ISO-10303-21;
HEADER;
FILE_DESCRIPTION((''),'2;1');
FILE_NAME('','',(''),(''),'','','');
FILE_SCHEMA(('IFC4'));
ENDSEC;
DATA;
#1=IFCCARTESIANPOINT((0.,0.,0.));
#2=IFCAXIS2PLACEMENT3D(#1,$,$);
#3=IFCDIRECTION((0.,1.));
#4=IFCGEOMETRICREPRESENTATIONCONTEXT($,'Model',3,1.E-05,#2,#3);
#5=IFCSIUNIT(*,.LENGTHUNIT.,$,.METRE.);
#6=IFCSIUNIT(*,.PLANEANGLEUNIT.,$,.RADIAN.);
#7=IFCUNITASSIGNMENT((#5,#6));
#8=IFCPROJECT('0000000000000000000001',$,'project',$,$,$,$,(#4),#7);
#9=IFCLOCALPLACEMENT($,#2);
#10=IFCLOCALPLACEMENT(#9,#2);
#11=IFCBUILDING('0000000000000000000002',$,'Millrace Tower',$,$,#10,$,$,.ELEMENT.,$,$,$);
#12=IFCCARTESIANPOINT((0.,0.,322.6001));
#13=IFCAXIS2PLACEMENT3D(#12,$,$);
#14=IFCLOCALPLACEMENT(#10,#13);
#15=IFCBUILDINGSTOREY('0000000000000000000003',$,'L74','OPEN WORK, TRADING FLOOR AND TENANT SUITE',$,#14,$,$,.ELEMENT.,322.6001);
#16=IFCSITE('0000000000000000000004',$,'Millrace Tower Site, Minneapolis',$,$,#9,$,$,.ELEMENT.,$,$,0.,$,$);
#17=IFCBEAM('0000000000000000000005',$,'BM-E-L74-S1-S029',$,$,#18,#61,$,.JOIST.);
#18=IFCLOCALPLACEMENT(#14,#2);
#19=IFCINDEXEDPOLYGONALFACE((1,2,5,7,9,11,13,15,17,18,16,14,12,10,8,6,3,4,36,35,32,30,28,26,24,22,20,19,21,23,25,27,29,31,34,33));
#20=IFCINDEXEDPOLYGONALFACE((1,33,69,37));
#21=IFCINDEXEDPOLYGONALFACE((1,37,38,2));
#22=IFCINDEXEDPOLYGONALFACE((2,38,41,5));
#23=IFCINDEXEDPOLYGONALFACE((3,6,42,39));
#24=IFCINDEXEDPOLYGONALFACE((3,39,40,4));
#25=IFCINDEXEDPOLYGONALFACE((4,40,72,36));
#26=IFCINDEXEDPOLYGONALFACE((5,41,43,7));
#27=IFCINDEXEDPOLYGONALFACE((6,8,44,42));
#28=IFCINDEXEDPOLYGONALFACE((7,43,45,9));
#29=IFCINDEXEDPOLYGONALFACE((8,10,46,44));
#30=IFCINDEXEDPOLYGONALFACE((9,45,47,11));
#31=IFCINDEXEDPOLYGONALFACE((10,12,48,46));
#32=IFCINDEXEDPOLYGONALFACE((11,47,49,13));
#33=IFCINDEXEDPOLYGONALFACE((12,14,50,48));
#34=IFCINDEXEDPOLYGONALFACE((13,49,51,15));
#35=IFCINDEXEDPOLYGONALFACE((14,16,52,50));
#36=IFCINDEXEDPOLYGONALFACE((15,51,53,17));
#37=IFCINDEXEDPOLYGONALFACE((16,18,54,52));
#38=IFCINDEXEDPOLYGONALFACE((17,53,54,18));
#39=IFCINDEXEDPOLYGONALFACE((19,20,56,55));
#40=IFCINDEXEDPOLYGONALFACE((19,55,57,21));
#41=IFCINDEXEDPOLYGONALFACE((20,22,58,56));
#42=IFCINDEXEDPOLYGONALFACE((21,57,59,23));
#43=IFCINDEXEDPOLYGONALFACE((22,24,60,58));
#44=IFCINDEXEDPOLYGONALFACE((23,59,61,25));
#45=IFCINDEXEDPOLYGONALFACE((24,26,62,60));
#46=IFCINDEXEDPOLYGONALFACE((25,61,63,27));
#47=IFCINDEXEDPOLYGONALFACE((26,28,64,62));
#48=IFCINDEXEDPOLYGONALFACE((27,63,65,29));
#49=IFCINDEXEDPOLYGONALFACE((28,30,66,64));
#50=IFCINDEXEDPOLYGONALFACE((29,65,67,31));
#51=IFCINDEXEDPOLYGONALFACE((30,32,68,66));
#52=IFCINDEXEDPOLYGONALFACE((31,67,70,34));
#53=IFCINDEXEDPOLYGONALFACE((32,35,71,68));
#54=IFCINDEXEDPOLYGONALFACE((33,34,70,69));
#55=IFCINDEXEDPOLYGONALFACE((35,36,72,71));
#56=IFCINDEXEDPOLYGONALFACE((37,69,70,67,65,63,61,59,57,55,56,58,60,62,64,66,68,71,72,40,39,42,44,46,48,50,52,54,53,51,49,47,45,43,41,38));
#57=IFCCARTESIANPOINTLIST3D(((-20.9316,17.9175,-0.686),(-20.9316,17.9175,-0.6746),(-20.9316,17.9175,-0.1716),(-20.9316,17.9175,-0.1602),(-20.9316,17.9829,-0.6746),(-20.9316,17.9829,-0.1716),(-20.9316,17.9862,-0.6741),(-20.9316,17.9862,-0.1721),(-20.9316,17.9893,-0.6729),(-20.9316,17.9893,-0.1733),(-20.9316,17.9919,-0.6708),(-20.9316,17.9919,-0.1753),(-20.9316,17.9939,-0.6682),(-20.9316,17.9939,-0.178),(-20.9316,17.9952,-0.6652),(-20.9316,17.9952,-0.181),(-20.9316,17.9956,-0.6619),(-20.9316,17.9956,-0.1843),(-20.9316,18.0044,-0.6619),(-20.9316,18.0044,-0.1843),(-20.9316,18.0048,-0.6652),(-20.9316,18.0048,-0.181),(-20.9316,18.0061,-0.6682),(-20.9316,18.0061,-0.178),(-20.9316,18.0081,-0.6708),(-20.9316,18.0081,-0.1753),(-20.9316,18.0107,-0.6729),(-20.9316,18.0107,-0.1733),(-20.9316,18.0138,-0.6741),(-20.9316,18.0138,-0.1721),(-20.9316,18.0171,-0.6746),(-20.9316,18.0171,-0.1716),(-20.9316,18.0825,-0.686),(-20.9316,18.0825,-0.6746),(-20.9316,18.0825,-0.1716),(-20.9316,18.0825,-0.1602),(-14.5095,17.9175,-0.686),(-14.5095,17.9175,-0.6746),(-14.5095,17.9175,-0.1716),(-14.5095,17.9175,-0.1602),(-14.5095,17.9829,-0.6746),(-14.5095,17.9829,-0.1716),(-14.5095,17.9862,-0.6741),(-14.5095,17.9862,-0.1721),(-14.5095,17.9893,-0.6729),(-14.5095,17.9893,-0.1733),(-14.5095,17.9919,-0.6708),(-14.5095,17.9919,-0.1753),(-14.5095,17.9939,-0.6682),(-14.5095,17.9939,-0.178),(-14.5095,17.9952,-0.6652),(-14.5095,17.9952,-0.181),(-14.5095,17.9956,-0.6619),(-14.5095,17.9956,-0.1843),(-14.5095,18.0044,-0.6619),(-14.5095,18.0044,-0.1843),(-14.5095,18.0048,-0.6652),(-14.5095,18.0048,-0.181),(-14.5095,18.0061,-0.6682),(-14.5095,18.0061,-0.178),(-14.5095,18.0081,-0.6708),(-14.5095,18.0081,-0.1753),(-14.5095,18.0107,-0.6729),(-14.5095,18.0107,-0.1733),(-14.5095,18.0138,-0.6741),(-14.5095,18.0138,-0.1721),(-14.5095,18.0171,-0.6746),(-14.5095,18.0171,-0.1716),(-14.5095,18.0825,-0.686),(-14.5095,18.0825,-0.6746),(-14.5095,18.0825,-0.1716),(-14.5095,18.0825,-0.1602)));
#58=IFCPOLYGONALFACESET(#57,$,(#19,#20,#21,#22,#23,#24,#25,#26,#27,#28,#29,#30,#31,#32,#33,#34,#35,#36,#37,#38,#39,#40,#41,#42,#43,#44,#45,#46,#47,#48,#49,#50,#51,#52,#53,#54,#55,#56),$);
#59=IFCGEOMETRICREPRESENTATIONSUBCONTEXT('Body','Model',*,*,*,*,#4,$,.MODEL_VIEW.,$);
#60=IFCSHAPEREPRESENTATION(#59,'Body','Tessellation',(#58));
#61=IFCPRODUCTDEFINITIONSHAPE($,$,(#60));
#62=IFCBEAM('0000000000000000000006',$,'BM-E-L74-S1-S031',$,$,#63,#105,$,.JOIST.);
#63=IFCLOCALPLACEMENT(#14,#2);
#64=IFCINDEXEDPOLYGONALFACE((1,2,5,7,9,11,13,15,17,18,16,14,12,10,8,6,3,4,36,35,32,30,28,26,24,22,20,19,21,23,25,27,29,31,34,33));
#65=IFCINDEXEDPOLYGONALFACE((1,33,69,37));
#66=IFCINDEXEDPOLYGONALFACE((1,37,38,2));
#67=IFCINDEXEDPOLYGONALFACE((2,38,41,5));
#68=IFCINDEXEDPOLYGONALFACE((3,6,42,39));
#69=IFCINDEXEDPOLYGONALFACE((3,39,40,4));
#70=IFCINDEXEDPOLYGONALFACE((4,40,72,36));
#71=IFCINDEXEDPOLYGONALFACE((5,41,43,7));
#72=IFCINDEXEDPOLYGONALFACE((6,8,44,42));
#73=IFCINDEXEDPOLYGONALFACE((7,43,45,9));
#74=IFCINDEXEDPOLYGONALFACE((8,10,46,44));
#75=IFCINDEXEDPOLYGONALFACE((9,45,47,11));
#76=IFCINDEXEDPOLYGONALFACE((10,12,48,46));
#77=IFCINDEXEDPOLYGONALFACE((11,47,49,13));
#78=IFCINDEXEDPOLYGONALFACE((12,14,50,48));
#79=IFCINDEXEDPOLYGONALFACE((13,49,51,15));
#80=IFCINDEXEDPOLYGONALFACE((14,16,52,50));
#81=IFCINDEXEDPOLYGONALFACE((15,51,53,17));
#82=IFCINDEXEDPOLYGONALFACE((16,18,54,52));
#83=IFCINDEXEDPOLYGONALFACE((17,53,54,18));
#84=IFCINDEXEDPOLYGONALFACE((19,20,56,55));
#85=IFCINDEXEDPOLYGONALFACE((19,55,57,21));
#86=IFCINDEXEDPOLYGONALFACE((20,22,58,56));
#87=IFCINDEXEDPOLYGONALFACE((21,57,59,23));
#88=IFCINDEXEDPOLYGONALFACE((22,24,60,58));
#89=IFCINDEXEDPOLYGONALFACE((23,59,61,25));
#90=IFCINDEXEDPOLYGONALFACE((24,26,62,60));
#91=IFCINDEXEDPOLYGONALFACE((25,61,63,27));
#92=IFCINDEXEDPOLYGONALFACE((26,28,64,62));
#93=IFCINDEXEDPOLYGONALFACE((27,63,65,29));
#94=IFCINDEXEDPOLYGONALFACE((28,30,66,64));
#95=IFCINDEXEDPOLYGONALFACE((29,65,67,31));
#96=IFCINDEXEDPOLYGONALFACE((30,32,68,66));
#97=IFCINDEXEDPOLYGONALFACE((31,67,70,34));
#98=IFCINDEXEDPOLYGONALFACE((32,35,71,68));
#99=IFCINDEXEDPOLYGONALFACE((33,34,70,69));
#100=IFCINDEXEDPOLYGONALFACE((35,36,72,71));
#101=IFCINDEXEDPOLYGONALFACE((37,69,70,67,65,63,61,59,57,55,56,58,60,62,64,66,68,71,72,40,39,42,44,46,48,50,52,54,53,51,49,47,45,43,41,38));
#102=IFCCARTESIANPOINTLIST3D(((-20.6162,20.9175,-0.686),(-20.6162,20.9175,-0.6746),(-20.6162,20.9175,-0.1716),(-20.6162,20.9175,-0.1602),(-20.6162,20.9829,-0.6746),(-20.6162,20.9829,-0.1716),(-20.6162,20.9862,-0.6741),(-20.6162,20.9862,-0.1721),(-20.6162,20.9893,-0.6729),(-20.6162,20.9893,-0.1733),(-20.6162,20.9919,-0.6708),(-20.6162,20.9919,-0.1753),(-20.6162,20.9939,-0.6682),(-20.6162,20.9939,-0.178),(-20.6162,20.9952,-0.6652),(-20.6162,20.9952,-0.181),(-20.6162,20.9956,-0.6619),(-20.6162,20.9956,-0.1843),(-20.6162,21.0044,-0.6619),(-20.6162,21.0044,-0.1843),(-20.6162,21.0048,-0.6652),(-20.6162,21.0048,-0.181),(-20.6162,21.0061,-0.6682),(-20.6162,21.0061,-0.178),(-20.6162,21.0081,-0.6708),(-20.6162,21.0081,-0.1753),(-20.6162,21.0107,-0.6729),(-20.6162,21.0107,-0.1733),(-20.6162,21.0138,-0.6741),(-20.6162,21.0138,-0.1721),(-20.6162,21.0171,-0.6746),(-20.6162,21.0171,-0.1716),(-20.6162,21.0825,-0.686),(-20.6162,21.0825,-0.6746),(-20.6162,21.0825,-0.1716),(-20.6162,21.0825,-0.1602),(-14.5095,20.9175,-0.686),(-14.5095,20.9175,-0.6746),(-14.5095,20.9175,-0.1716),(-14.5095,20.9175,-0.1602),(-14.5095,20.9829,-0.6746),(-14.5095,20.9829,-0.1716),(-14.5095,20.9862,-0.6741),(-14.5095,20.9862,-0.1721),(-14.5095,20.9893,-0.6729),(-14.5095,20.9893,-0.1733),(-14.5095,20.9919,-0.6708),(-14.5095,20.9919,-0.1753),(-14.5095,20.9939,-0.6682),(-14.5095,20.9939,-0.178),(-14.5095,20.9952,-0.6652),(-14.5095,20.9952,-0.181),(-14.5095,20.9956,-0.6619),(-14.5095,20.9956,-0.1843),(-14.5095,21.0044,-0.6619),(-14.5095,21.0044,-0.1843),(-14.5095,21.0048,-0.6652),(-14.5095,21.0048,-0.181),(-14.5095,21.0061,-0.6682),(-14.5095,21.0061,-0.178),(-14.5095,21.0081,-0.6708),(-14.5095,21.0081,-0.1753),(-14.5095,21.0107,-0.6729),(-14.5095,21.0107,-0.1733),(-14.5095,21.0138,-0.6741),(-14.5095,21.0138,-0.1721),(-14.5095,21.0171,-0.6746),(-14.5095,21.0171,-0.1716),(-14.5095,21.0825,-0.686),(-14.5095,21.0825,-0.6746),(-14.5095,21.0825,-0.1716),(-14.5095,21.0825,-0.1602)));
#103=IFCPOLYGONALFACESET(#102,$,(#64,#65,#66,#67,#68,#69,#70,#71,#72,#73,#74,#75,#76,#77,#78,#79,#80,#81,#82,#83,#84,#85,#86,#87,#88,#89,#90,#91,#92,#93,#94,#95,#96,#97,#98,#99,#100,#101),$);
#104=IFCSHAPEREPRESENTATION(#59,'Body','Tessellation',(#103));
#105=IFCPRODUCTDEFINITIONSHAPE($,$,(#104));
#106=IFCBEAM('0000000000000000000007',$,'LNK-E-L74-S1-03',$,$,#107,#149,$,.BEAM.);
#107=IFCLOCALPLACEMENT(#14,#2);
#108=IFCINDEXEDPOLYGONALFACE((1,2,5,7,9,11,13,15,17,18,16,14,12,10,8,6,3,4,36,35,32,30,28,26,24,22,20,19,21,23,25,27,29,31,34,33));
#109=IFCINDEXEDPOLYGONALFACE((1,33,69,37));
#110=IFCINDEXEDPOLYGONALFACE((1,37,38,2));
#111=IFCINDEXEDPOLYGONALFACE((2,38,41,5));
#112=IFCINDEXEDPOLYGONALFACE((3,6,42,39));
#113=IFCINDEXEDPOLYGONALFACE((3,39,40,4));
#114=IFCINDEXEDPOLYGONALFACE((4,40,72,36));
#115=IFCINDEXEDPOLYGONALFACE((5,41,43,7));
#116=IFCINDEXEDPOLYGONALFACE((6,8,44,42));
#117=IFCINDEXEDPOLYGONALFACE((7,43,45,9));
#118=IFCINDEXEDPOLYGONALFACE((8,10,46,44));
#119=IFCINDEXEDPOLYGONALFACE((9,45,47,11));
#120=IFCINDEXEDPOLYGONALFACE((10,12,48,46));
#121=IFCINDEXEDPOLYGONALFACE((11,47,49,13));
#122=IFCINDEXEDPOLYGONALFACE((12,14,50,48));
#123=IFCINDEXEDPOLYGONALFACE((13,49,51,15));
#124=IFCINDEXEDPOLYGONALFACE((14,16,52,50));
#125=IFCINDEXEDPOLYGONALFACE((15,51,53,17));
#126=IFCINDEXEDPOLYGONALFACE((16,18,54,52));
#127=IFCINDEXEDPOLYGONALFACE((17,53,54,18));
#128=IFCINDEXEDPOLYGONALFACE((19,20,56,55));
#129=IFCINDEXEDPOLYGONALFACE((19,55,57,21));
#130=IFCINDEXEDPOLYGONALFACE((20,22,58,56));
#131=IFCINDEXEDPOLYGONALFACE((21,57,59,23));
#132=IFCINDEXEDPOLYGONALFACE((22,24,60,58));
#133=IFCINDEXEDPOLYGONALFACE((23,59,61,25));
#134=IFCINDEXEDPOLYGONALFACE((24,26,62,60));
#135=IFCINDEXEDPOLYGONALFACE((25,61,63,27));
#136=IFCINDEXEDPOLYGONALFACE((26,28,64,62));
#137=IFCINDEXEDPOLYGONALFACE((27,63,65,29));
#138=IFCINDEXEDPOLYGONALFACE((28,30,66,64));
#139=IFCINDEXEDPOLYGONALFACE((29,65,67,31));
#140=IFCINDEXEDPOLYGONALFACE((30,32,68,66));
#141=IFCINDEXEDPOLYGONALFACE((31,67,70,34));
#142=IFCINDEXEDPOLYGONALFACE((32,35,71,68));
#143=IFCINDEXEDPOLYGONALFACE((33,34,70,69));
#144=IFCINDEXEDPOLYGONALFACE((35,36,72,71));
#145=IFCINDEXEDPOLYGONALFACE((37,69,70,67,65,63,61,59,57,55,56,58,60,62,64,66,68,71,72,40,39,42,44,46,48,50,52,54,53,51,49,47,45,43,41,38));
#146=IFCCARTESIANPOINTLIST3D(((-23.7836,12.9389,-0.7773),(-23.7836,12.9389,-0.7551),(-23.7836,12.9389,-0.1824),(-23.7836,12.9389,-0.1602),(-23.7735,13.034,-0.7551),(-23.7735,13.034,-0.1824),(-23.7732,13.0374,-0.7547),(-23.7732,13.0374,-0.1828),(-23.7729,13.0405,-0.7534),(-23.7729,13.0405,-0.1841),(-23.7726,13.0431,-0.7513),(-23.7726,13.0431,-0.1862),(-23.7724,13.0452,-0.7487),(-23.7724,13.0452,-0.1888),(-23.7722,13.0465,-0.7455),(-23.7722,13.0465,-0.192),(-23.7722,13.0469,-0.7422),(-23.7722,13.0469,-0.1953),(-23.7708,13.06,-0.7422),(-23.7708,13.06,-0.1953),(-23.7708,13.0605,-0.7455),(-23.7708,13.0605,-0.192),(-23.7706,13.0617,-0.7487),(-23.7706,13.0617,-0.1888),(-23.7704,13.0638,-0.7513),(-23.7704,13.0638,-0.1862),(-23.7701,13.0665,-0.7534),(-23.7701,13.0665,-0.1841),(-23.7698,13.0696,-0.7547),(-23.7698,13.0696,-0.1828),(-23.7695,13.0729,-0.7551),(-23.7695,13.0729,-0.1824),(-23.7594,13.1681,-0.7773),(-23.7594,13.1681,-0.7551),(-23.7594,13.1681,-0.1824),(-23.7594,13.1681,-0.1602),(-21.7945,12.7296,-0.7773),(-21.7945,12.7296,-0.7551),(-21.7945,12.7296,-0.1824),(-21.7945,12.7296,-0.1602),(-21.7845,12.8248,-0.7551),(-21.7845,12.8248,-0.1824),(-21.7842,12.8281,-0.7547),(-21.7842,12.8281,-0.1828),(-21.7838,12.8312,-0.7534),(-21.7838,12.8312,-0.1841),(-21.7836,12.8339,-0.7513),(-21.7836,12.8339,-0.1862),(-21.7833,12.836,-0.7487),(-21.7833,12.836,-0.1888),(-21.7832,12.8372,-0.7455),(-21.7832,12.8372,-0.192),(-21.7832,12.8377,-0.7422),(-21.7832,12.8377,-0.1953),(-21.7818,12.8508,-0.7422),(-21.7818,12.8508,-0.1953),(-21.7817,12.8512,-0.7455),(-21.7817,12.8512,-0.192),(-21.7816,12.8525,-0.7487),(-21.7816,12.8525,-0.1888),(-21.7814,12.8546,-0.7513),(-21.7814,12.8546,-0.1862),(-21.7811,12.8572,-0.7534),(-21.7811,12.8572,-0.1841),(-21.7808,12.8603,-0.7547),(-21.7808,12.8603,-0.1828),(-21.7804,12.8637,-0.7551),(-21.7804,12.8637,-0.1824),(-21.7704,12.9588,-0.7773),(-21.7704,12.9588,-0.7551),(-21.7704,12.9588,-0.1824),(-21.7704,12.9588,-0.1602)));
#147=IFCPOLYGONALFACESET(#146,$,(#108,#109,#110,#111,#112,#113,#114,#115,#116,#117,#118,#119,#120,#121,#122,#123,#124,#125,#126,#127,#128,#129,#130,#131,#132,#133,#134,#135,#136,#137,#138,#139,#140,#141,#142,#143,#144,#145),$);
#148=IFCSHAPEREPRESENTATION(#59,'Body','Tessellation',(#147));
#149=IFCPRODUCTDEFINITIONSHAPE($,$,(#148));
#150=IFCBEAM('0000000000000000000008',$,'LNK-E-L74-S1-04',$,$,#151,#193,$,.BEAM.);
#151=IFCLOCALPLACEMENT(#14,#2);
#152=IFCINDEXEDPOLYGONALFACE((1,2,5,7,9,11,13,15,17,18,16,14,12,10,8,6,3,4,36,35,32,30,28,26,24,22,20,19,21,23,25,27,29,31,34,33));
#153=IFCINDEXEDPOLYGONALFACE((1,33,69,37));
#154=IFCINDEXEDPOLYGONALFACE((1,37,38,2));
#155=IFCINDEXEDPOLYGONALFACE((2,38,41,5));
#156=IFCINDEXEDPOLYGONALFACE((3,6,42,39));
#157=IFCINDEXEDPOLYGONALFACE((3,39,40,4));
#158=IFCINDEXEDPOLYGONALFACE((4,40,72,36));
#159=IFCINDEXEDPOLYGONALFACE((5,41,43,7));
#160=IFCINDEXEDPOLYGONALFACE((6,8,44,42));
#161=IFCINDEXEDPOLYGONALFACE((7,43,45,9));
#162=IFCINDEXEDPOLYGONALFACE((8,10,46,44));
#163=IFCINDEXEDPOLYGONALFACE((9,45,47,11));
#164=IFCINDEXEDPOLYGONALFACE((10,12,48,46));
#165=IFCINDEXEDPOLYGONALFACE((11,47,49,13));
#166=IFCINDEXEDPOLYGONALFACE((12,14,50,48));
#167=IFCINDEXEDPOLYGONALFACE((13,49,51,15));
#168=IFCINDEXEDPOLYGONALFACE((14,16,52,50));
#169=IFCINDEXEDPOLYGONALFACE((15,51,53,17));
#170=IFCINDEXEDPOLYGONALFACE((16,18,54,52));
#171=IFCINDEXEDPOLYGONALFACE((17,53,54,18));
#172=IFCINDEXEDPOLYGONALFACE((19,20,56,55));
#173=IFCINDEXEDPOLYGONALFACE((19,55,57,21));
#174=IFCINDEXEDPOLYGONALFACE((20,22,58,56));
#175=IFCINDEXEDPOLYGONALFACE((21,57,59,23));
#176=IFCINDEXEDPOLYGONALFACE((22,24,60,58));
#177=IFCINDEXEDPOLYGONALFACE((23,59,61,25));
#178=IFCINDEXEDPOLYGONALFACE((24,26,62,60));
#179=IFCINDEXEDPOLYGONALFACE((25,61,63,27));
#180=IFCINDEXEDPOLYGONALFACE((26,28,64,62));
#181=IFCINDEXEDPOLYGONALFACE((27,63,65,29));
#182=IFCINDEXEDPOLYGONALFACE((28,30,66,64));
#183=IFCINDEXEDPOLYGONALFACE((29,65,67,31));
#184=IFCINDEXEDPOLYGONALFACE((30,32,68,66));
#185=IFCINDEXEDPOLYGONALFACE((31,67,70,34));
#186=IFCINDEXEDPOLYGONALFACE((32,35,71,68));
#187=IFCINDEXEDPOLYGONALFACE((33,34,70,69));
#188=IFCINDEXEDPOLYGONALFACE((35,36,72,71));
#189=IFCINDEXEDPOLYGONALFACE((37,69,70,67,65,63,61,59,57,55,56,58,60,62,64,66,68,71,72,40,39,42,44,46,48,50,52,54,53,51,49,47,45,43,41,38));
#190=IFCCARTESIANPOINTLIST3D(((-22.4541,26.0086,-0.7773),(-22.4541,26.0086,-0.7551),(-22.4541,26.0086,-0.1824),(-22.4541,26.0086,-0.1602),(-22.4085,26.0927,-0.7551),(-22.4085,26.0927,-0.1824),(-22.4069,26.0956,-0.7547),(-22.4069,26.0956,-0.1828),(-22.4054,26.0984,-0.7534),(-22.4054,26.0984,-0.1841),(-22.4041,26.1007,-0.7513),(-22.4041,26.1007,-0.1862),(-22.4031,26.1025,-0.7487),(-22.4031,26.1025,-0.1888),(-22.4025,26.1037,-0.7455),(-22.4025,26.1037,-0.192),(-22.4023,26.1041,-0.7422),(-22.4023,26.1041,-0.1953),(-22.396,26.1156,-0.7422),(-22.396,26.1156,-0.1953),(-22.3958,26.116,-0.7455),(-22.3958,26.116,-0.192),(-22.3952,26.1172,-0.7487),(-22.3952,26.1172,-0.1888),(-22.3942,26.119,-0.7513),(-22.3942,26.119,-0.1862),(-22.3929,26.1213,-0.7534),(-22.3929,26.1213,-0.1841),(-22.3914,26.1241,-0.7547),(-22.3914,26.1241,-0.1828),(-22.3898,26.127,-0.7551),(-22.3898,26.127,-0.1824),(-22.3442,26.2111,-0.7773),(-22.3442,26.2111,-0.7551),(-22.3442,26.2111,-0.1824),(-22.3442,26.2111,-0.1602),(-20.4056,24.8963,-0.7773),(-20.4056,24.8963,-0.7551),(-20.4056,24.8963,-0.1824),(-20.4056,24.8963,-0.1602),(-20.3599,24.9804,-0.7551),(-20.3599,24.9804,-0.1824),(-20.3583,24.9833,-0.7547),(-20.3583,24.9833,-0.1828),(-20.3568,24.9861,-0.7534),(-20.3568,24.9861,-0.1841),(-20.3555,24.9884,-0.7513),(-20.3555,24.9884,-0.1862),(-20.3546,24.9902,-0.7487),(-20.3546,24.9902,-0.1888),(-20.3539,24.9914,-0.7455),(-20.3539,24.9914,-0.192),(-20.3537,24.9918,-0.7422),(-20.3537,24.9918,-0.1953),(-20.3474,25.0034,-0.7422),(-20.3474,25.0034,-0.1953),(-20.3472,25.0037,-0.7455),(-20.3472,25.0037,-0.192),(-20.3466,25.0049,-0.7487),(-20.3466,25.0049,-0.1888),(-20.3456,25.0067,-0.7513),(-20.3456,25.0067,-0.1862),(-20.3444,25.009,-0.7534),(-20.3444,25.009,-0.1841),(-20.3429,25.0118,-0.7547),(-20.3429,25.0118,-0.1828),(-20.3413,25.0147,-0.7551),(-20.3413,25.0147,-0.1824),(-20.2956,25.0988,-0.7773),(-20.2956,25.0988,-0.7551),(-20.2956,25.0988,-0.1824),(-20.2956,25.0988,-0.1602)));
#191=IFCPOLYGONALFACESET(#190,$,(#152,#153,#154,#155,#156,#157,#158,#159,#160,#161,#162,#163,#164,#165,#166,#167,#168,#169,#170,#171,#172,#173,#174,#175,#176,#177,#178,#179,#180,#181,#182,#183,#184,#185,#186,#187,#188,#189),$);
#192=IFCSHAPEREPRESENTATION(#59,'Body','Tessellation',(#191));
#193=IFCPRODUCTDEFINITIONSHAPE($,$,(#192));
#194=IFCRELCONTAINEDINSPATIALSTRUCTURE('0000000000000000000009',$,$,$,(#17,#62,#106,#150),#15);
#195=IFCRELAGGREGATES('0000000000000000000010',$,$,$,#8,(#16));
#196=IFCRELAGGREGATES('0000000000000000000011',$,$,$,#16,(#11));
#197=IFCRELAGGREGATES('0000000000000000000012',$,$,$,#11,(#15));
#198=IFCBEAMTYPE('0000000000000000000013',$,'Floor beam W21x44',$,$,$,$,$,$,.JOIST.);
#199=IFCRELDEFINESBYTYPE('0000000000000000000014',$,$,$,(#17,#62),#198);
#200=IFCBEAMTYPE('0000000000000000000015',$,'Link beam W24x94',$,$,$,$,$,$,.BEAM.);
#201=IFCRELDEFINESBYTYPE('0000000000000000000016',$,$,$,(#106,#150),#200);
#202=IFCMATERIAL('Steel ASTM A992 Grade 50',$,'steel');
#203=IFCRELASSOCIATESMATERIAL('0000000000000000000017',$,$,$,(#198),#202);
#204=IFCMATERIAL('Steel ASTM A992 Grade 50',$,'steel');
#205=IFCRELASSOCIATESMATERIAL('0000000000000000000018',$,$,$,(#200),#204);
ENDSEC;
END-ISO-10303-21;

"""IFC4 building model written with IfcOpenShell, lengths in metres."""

from ifc_helpers import new_model, si_unit, direction, frame, origin, origin_2d, place, context, subcontext, project, spatial, i_section, extrude, material, material_profile, profile_set, type_object, element, save


model = new_model("IFC4")

# Units and contexts
model_context = context("Model", 3, precision=1e-05, world=origin(), true_north=direction((0.0, 1.0)))
body_context = subcontext(model_context, "Body", "Model", "MODEL_VIEW")
ifc_project = project(units=[si_unit("LENGTHUNIT", "METRE"), si_unit("PLANEANGLEUNIT", "RADIAN")], contexts=[model_context])

# Site, building, storey
site_placement = place(None, origin())
site = spatial("IfcSite", under=ifc_project, at=site_placement, Name="Millrace Tower Site, Minneapolis", CompositionType="ELEMENT", RefElevation=0.0)
building_placement = place(site_placement, origin())
building = spatial("IfcBuilding", under=site, at=building_placement, Name="Millrace Tower", CompositionType="ELEMENT")
storey_placement = place(building_placement, frame((0.0, 0.0, 322.6001)))
storey = spatial("IfcBuildingStorey", under=building, at=storey_placement, Name="L74", Description="OPEN WORK, TRADING FLOOR AND TENANT SUITE", CompositionType="ELEMENT", Elevation=322.6001)

# Beams
ifc_material_1 = material(Name="Steel ASTM A992 Grade 50", Category="steel")
ifc_material_profile_1 = material_profile(ifc_material_1, i_section(OverallWidth=0.165, OverallDepth=0.5259, WebThickness=0.0088, FlangeThickness=0.0115, FilletRadius=0.0127, at=origin_2d()))
ifc_profile_set_1 = profile_set([ifc_material_profile_1], Name="Steel ASTM A992 Grade 50")
beam_type_1 = type_object("IfcBeamType", Name="Floor beam W21x44", PredefinedType="JOIST", material=ifc_profile_set_1)
beam_1_placement = place(storey_placement, frame((-20.9316, 18.0, -0.4231), z_axis=(1.0, 0.0, 0.0), x_axis=(0.0, 1.0, 0.0)))
element("IfcBeam", 1, at=beam_1_placement, inside=storey, type_object=beam_type_1, Name="BM-E-L74-S1-S029", PredefinedType="JOIST", context=body_context, shape_type="SweptSolid", body=[
    extrude(i_section(OverallWidth=0.165, OverallDepth=0.5259, WebThickness=0.0088, FlangeThickness=0.0115, FilletRadius=0.0127, at=origin_2d()), origin(), (0.0, 0.0, 1.0), 6.4221),
])
beam_2_placement = place(storey_placement, frame((-20.6162, 21.0, -0.4231), z_axis=(1.0, 0.0, 0.0), x_axis=(0.0, 1.0, 0.0)))
element("IfcBeam", 2, at=beam_2_placement, inside=storey, type_object=beam_type_1, Name="BM-E-L74-S1-S031", PredefinedType="JOIST", context=body_context, shape_type="SweptSolid", body=[
    extrude(i_section(OverallWidth=0.165, OverallDepth=0.5259, WebThickness=0.0088, FlangeThickness=0.0115, FilletRadius=0.0127, at=origin_2d()), origin(), (0.0, 0.0, 1.0), 6.1067),
])
ifc_material_2 = material(Name="Steel ASTM A992 Grade 50", Category="steel")
ifc_material_profile_2 = material_profile(ifc_material_2, i_section(OverallWidth=0.2305, OverallDepth=0.6172, WebThickness=0.0132, FlangeThickness=0.0222, FilletRadius=0.0129, at=origin_2d()))
ifc_profile_set_2 = profile_set([ifc_material_profile_2], Name="Steel ASTM A992 Grade 50")
beam_type_2 = type_object("IfcBeamType", Name="Link beam W24x94", PredefinedType="BEAM", material=ifc_profile_set_2)
beam_3_placement = place(storey_placement, frame((-21.7825, 12.8442, -0.4688), z_axis=(-0.994513, 0.104615, 0.0), x_axis=(-0.104615, -0.994513, 0.0)))
element("IfcBeam", 3, at=beam_3_placement, inside=storey, type_object=beam_type_2, Name="LNK-E-L74-S1-03", PredefinedType="BEAM", context=body_context, shape_type="SweptSolid", body=[
    extrude(i_section(OverallWidth=0.2305, OverallDepth=0.6172, WebThickness=0.0132, FlangeThickness=0.0222, FilletRadius=0.0129, at=origin_2d()), origin(), (0.0, 0.0, 1.0), 2.0),
])
beam_4_placement = place(storey_placement, frame((-20.3506, 24.9976, -0.4688), z_axis=(-0.878815, 0.477164, 0.0), x_axis=(-0.477164, -0.878815, 0.0)))
element("IfcBeam", 4, at=beam_4_placement, inside=storey, type_object=beam_type_2, Name="LNK-E-L74-S1-04", PredefinedType="BEAM", context=body_context, shape_type="SweptSolid", body=[
    extrude(i_section(OverallWidth=0.2305, OverallDepth=0.6172, WebThickness=0.0132, FlangeThickness=0.0222, FilletRadius=0.0129, at=origin_2d()), origin(), (0.0, 0.0, 1.0), 2.3311),
])

save(model, "model.ifc")
